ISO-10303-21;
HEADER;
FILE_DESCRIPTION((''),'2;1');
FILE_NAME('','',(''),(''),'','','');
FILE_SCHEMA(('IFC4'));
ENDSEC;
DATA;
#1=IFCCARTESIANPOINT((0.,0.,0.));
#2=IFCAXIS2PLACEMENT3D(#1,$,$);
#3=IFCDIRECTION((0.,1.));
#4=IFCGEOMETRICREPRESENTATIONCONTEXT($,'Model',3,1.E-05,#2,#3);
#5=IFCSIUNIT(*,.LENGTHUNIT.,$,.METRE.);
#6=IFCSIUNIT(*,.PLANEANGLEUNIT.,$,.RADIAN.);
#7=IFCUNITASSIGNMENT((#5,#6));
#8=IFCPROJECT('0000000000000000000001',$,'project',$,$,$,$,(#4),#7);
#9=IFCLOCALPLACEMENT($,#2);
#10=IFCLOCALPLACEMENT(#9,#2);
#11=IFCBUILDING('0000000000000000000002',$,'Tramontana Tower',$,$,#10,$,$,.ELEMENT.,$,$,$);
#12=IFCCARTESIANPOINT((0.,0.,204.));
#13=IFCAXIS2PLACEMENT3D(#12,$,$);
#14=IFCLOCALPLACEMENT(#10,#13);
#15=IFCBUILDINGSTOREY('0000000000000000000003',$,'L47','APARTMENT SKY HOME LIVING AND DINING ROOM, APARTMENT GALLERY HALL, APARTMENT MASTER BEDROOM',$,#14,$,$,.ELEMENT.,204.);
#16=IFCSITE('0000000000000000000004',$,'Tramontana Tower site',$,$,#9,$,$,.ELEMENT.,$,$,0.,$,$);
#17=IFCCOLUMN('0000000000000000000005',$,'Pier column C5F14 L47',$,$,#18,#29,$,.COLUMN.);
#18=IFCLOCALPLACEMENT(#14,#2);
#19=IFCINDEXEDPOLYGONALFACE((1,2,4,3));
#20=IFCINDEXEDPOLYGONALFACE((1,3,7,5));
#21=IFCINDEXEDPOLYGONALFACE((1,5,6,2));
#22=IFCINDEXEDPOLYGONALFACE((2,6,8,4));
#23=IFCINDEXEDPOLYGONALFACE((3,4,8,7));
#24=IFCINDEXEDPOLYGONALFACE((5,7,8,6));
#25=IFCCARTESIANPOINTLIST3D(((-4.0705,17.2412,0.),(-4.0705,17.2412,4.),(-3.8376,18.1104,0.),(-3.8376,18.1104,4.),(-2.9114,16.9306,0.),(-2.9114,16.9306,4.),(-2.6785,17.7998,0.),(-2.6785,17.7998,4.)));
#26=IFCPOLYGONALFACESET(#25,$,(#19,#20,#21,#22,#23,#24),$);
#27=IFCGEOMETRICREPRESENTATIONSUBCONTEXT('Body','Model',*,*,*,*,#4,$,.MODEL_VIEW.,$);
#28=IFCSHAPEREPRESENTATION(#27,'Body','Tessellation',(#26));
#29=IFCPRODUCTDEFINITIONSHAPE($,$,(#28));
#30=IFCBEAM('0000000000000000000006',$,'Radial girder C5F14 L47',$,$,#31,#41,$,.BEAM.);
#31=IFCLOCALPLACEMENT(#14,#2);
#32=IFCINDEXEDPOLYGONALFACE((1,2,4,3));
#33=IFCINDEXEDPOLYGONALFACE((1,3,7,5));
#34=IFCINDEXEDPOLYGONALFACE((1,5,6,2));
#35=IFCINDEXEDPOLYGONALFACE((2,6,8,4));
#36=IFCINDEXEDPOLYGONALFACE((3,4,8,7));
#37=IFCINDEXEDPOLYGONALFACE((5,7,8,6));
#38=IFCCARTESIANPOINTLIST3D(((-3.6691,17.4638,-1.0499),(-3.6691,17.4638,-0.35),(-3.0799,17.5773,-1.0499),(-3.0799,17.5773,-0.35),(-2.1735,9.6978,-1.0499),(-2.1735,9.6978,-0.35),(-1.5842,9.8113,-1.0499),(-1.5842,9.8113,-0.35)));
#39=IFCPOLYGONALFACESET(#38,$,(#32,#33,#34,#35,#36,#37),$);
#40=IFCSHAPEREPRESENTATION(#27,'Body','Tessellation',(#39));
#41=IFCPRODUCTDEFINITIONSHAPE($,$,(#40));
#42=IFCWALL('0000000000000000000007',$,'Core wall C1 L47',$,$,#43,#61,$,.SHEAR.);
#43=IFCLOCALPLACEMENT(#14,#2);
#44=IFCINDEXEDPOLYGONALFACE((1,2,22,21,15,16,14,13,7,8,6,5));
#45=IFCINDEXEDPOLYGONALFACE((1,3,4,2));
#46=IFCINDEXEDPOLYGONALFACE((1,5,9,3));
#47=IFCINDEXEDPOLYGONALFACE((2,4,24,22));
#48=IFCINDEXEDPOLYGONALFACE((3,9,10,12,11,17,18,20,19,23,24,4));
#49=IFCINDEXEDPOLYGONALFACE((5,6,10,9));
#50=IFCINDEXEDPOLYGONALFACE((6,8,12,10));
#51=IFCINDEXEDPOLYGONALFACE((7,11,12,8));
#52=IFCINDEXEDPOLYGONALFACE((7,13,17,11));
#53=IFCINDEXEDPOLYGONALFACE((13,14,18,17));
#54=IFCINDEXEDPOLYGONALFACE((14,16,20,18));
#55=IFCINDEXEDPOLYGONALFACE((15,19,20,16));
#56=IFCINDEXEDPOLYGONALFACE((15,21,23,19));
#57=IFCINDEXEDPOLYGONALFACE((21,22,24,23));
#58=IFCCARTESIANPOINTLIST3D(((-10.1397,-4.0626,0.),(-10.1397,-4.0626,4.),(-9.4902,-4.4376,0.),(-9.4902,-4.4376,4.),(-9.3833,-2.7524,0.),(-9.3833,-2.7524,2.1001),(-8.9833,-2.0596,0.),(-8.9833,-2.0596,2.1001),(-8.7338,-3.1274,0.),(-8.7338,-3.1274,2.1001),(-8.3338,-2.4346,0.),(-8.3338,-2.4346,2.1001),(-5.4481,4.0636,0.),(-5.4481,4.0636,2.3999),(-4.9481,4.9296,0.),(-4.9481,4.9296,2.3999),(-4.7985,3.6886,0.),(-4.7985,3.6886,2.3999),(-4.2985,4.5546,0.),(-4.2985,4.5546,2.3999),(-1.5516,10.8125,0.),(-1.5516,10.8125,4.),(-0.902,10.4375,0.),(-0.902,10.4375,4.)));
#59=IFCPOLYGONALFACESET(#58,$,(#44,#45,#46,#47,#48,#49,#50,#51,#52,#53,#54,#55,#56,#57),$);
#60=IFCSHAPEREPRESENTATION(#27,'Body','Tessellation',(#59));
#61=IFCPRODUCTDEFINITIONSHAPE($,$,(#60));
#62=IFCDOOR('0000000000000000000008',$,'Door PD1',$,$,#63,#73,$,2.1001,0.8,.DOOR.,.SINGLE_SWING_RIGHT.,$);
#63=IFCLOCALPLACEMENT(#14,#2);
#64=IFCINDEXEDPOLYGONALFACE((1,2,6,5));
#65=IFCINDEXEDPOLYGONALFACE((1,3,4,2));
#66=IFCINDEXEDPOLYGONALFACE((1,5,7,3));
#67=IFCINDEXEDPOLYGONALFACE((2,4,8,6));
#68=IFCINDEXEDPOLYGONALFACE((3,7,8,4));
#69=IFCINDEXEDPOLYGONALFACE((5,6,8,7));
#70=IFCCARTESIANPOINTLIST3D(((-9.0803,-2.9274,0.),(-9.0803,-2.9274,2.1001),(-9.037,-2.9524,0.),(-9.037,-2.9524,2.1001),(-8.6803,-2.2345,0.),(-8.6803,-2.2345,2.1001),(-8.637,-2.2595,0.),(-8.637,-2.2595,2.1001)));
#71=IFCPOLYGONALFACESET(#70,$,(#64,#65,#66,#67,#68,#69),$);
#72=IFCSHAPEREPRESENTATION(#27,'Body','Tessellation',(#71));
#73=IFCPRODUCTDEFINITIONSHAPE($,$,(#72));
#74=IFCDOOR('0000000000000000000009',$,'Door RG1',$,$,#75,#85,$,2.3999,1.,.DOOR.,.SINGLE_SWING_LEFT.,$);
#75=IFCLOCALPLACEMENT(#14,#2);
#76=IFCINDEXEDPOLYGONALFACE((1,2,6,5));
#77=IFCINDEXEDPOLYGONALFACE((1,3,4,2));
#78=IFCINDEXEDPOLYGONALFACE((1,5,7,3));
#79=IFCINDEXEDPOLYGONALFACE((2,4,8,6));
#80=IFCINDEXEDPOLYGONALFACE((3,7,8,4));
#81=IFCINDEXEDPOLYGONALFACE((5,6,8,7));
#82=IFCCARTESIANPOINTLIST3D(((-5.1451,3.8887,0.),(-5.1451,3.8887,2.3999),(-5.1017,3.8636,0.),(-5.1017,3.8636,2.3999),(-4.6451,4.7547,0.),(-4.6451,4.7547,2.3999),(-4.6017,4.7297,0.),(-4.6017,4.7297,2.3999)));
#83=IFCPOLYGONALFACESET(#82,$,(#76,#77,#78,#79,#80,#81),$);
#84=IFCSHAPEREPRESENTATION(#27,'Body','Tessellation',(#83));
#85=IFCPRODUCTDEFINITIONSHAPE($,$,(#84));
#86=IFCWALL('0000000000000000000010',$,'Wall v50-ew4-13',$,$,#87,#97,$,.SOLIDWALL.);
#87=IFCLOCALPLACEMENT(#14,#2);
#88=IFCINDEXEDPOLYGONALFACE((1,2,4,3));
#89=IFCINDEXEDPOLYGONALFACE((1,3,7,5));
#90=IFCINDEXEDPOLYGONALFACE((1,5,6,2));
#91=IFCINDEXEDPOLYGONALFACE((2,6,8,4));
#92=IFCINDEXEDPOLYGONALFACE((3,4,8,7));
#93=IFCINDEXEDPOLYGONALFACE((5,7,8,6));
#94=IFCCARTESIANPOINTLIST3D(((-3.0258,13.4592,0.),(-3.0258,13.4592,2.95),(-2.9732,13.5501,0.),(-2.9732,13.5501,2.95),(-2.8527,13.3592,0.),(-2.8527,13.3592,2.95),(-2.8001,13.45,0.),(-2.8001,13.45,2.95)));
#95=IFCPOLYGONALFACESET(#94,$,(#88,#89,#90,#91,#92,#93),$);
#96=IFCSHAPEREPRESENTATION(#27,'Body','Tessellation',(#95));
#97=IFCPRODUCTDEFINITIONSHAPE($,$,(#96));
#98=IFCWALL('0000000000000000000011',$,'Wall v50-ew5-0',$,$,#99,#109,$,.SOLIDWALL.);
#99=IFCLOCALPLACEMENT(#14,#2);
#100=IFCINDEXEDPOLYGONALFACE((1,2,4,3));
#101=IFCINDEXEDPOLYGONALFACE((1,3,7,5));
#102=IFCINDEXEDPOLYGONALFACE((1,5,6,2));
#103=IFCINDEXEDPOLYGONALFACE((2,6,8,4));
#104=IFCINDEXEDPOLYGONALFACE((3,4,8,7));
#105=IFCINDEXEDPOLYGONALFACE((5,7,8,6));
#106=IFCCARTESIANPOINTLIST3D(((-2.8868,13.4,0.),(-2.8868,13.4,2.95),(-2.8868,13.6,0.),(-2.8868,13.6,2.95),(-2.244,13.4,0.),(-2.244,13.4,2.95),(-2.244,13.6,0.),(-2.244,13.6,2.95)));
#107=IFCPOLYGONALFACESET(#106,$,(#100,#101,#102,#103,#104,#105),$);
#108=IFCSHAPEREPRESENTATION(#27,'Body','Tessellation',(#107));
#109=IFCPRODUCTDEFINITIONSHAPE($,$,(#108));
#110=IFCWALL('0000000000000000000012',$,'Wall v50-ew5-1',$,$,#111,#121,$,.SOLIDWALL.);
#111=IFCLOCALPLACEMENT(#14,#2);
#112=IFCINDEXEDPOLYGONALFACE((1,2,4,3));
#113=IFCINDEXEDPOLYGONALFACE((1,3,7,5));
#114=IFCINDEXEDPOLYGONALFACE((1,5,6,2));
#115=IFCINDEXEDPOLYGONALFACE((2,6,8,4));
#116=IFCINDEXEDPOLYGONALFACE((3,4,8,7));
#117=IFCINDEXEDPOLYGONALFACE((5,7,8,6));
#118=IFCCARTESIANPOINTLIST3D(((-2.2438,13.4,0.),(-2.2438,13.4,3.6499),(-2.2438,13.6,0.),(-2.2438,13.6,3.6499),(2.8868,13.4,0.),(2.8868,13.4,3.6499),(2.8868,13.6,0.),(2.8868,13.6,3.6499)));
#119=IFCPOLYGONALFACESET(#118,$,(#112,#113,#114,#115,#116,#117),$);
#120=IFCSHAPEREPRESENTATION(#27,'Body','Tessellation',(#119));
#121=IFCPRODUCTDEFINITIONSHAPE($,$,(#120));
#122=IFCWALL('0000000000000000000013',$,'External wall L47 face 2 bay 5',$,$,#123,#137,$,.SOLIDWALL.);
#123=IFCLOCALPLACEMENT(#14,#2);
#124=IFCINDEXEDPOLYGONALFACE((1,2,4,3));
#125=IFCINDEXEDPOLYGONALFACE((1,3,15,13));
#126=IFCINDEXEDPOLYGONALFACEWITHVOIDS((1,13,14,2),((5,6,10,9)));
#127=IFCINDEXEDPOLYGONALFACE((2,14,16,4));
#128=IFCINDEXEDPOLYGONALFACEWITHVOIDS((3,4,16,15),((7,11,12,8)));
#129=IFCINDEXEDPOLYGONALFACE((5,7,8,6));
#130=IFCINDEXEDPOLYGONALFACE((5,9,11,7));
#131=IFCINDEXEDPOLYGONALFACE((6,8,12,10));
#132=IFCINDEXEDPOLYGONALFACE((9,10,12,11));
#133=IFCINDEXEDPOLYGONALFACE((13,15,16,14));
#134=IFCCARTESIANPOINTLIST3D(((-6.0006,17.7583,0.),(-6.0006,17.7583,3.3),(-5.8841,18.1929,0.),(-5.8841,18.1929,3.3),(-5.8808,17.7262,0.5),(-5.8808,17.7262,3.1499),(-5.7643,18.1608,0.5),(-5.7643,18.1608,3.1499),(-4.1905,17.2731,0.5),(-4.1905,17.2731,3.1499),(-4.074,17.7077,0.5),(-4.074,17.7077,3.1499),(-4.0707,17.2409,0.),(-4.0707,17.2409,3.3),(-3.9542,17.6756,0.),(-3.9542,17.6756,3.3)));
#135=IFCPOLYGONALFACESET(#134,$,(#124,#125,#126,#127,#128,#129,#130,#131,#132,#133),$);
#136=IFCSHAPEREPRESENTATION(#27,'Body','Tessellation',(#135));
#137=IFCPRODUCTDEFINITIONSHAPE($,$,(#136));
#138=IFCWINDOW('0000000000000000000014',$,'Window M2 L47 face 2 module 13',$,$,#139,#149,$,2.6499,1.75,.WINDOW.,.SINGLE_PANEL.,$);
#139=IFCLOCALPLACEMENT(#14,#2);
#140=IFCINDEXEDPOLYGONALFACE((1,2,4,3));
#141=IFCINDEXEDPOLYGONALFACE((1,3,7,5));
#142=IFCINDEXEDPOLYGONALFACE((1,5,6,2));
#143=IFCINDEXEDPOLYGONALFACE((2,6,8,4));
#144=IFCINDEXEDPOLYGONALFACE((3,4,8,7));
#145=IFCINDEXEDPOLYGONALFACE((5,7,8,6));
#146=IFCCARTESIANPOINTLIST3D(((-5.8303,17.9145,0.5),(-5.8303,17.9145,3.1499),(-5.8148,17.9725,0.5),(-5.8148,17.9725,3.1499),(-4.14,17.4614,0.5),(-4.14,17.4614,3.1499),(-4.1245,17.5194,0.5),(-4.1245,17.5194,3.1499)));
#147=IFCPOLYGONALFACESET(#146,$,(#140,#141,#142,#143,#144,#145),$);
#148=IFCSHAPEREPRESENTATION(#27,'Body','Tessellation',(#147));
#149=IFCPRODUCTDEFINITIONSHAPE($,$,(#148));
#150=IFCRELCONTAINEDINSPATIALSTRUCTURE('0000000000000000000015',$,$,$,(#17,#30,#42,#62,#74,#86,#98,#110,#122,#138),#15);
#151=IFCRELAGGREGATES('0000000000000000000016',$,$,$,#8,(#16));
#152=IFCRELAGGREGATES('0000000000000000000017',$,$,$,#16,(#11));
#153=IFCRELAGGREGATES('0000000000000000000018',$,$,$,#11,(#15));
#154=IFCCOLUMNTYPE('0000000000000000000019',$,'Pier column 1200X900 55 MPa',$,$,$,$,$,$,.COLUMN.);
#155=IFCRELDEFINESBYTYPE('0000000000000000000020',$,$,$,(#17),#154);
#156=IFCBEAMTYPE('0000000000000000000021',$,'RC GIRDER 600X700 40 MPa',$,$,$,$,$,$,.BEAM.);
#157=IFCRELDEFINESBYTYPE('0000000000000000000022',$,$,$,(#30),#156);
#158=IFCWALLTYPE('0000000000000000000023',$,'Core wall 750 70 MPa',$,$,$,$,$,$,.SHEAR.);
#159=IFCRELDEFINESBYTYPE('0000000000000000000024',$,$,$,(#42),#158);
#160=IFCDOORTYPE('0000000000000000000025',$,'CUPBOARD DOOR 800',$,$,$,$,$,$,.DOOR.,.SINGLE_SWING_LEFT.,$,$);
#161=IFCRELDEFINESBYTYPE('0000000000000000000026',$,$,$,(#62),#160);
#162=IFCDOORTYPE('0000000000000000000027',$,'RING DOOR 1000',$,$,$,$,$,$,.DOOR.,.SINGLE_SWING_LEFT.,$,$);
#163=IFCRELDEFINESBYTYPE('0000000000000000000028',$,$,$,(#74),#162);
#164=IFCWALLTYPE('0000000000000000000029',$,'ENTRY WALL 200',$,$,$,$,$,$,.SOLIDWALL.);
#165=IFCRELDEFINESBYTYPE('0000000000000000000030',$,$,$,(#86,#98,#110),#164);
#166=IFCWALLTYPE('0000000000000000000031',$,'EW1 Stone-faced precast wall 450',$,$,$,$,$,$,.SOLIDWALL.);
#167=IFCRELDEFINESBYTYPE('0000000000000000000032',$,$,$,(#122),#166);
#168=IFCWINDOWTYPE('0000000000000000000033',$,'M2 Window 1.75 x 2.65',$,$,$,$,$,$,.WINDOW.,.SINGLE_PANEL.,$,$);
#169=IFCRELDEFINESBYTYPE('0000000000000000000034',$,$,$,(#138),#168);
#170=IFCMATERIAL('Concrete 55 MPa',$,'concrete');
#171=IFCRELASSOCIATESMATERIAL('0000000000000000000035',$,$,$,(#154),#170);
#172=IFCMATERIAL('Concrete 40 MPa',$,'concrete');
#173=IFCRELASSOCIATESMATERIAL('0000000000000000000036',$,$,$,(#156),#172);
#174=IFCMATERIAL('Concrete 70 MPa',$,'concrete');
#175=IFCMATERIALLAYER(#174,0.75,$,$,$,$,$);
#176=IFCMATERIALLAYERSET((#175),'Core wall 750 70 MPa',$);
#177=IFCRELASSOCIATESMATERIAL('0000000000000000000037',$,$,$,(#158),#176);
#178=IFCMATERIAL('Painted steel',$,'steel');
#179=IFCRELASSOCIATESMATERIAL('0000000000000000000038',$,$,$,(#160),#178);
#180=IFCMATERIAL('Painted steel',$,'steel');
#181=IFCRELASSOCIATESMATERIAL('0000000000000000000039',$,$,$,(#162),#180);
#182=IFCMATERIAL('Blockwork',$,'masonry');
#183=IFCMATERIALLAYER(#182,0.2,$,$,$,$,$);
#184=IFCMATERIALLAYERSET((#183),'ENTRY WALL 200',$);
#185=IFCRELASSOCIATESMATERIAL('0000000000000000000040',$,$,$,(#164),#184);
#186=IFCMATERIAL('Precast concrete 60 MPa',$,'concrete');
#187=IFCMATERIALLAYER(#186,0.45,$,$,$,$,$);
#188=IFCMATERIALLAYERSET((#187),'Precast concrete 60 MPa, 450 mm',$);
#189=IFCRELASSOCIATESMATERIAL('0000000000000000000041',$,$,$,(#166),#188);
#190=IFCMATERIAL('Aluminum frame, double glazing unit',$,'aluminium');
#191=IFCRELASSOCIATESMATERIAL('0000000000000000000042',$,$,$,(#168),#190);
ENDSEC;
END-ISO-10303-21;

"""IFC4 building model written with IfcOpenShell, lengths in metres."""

from ifc_helpers import new_model, si_unit, direction, frame, frame_2d, origin, origin_2d, place, context, subcontext, project, spatial, rectangle, extrude, material, layer, layer_set, material_profile, profile_set, type_object, element, fill, save


model = new_model("IFC4")

# Units and contexts
model_context = context("Model", 3, precision=1e-05, world=origin(), true_north=direction((0.0, 1.0)))
body_context = subcontext(model_context, "Body", "Model", "MODEL_VIEW")
ifc_project = project(units=[si_unit("LENGTHUNIT", "METRE"), si_unit("PLANEANGLEUNIT", "RADIAN")], contexts=[model_context])

# Site, building, storey
site_placement = place(None, origin())
site = spatial("IfcSite", under=ifc_project, at=site_placement, Name="Tramontana Tower site", CompositionType="ELEMENT", RefElevation=0.0)
building_placement = place(site_placement, origin())
building = spatial("IfcBuilding", under=site, at=building_placement, Name="Tramontana Tower", CompositionType="ELEMENT")
storey_placement = place(building_placement, frame((0.0, 0.0, 204.0)))
storey = spatial("IfcBuildingStorey", under=building, at=storey_placement, Name="L47", Description="APARTMENT SKY HOME LIVING AND DINING ROOM, APARTMENT GALLERY HALL, APARTMENT MASTER BEDROOM", CompositionType="ELEMENT", Elevation=204.0)

# Column
ifc_material_1 = material(Name="Concrete 55 MPa", Category="concrete")
ifc_material_profile_1 = material_profile(ifc_material_1, rectangle(XDim=1.2, YDim=0.8999, at=origin_2d()), Name="Pier column 1200X900 55 MPa")
ifc_profile_set_1 = profile_set([ifc_material_profile_1], Name="Concrete 55 MPa")
column_type = type_object("IfcColumnType", Name="Pier column 1200X900 55 MPa", PredefinedType="COLUMN", material=ifc_profile_set_1)
column_placement = place(storey_placement, frame((-3.3745, 17.5205, 0.0), z_axis=(0.0, 0.0, 1.0), x_axis=(-0.965926, 0.258819, 0.0)))
element("IfcColumn", 1, at=column_placement, inside=storey, type_object=column_type, Name="Pier column C5F14 L47", PredefinedType="COLUMN", context=body_context, shape_type="SweptSolid", body=[
    extrude(rectangle(XDim=1.2, YDim=0.8999, at=origin_2d()), origin(), (0.0, 0.0, 1.0), 4.0),
])

# Beam
ifc_material_2 = material(Name="Concrete 40 MPa", Category="concrete")
ifc_material_profile_2 = material_profile(ifc_material_2, rectangle(XDim=0.6001, YDim=0.7, at=origin_2d()), Name="RC GIRDER 600X700 40 MPa")
ifc_profile_set_2 = profile_set([ifc_material_profile_2], Name="Concrete 40 MPa")
beam_type = type_object("IfcBeamType", Name="RC GIRDER 600X700 40 MPa", PredefinedType="BEAM", material=ifc_profile_set_2)
beam_placement = place(storey_placement, frame((-3.3745, 17.5205, -0.7), z_axis=(0.189112, -0.981956, 0.0), x_axis=(0.981956, 0.189112, 0.0)))
element("IfcBeam", 2, at=beam_placement, inside=storey, type_object=beam_type, Name="Radial girder C5F14 L47", PredefinedType="BEAM", context=body_context, shape_type="SweptSolid", body=[
    extrude(rectangle(XDim=0.6001, YDim=0.7, at=origin_2d()), origin(), (0.0, 0.0, 1.0), 7.9087),
])

# Wall, openings, doors
ifc_material_3 = material(Name="Concrete 70 MPa", Category="concrete")
ifc_layer_1 = layer(ifc_material_3, 0.75)
ifc_layer_set_1 = layer_set([ifc_layer_1], Name="Core wall 750 70 MPa")
wall_type_1 = type_object("IfcWallType", Name="Core wall 750 70 MPa", PredefinedType="SHEAR", material=ifc_layer_set_1)
wall_1_placement = place(storey_placement, frame((-1.2268, 10.625, 0.0), z_axis=(0.0, 0.0, 1.0), x_axis=(-0.500002, -0.866024, 0.0)))
wall_1 = element("IfcWall", 3, at=wall_1_placement, inside=storey, type_object=wall_type_1, Name="Core wall C1 L47", PredefinedType="SHEAR", context=body_context, shape_type="SweptSolid", body=[
    extrude(rectangle(XDim=17.1763, YDim=0.75, at=frame_2d((8.5881, 0.0))), origin(), (0.0, 0.0, 1.0), 4.0),
])
opening_1_placement = place(wall_1_placement, frame((6.793, 0.0, 0.0)))
opening_1 = element("IfcOpeningElement", 4, at=opening_1_placement, cuts=wall_1, PredefinedType="OPENING", context=body_context, shape_type="SweptSolid", body=[
    extrude(rectangle(XDim=1.0, YDim=2.3999, at=frame_2d((0.5, 1.2))), frame((0.0, 0.385, 0.0), z_axis=(0.0, -1.0, 0.0), x_axis=(1.0, 0.0, 0.0)), (0.0, 0.0, 1.0), 0.77),
])
opening_2_placement = place(wall_1_placement, frame((14.8635, 0.0, 0.0)))
opening_2 = element("IfcOpeningElement", 5, at=opening_2_placement, cuts=wall_1, PredefinedType="OPENING", context=body_context, shape_type="SweptSolid", body=[
    extrude(rectangle(XDim=0.8, YDim=2.1001, at=frame_2d((0.3999, 1.05))), frame((0.0, 0.385, 0.0), z_axis=(0.0, -1.0, 0.0), x_axis=(1.0, 0.0, 0.0)), (0.0, 0.0, 1.0), 0.77),
])
ifc_material_4 = material(Name="Painted steel", Category="steel")
door_type_1 = type_object("IfcDoorType", Name="CUPBOARD DOOR 800", OperationType="SINGLE_SWING_LEFT", PredefinedType="DOOR", material=ifc_material_4)
door_1_placement = place(opening_2_placement, origin())
door_1 = element("IfcDoor", 6, at=door_1_placement, inside=storey, type_object=door_type_1, Name="Door PD1", OperationType="SINGLE_SWING_RIGHT", OverallHeight=2.1001, OverallWidth=0.8, PredefinedType="DOOR", context=body_context, shape_type="SweptSolid", body=[
    extrude(rectangle(XDim=0.8, YDim=2.1001, at=frame_2d((0.3999, 1.05))), frame((0.0, 0.0249, 0.0), z_axis=(0.0, -1.0, 0.0), x_axis=(1.0, 0.0, 0.0)), (0.0, 0.0, 1.0), 0.05),
])
fill(opening_2, door_1)
ifc_material_5 = material(Name="Painted steel", Category="steel")
door_type_2 = type_object("IfcDoorType", Name="RING DOOR 1000", OperationType="SINGLE_SWING_LEFT", PredefinedType="DOOR", material=ifc_material_5)
door_2_placement = place(opening_1_placement, origin())
door_2 = element("IfcDoor", 7, at=door_2_placement, inside=storey, type_object=door_type_2, Name="Door RG1", OperationType="SINGLE_SWING_LEFT", OverallHeight=2.3999, OverallWidth=1.0, PredefinedType="DOOR", context=body_context, shape_type="SweptSolid", body=[
    extrude(rectangle(XDim=1.0, YDim=2.3999, at=frame_2d((0.5, 1.2))), frame((0.0, 0.0249, 0.0), z_axis=(0.0, -1.0, 0.0), x_axis=(1.0, 0.0, 0.0)), (0.0, 0.0, 1.0), 0.05),
])
fill(opening_1, door_2)

# Walls
ifc_material_6 = material(Name="Blockwork", Category="masonry")
ifc_layer_2 = layer(ifc_material_6, 0.2)
ifc_layer_set_2 = layer_set([ifc_layer_2], Name="ENTRY WALL 200")
wall_type_2 = type_object("IfcWallType", Name="ENTRY WALL 200", PredefinedType="SOLIDWALL", material=ifc_layer_set_2)
wall_2_placement = place(storey_placement, frame((-2.9392, 13.4092, 0.0), z_axis=(0.0, 0.0, 1.0), x_axis=(0.500394, 0.865798, 0.0)))
element("IfcWall", 8, at=wall_2_placement, inside=storey, type_object=wall_type_2, Name="Wall v50-ew4-13", PredefinedType="SOLIDWALL", context=body_context, shape_type="SweptSolid", body=[
    extrude(rectangle(XDim=0.105, YDim=0.2, at=frame_2d((0.0525, 0.0))), origin(), (0.0, 0.0, 1.0), 2.95),
])
wall_3_placement = place(storey_placement, frame((-2.8867, 13.5, 0.0), z_axis=(0.0, 0.0, 1.0), x_axis=(1.0, 0.0, 0.0)))
element("IfcWall", 9, at=wall_3_placement, inside=storey, type_object=wall_type_2, Name="Wall v50-ew5-0", PredefinedType="SOLIDWALL", context=body_context, shape_type="SweptSolid", body=[
    extrude(rectangle(XDim=0.6428, YDim=0.2, at=frame_2d((0.3213, 0.0))), origin(), (0.0, 0.0, 1.0), 2.95),
])
wall_4_placement = place(storey_placement, frame((-2.2439, 13.5, 0.0), z_axis=(0.0, 0.0, 1.0), x_axis=(1.0, 0.0, 0.0)))
element("IfcWall", 10, at=wall_4_placement, inside=storey, type_object=wall_type_2, Name="Wall v50-ew5-1", PredefinedType="SOLIDWALL", context=body_context, shape_type="SweptSolid", body=[
    extrude(rectangle(XDim=5.1306, YDim=0.2, at=frame_2d((2.5654, 0.0))), origin(), (0.0, 0.0, 1.0), 3.6499),
])

# Wall, opening, window
ifc_material_7 = material(Name="Precast concrete 60 MPa", Category="concrete")
ifc_layer_3 = layer(ifc_material_7, 0.45)
ifc_layer_set_3 = layer_set([ifc_layer_3], Name="Precast concrete 60 MPa, 450 mm")
wall_type_3 = type_object("IfcWallType", Name="EW1 Stone-faced precast wall 450", PredefinedType="SOLIDWALL", material=ifc_layer_set_3)
wall_5_placement = place(storey_placement, frame((-4.0125, 17.4583, 0.0), z_axis=(0.0, 0.0, 1.0), x_axis=(-0.9659, 0.258917, 0.0)))
wall_5 = element("IfcWall", 11, at=wall_5_placement, inside=storey, type_object=wall_type_3, Name="External wall L47 face 2 bay 5", PredefinedType="SOLIDWALL", context=body_context, shape_type="SweptSolid", body=[
    extrude(rectangle(XDim=1.998, YDim=0.45, at=frame_2d((0.999, 0.0))), origin(), (0.0, 0.0, 1.0), 3.3),
])
opening_3_placement = place(wall_5_placement, frame((0.124, 0.0, 0.5)))
opening_3 = element("IfcOpeningElement", 12, at=opening_3_placement, cuts=wall_5, PredefinedType="OPENING", context=body_context, shape_type="SweptSolid", body=[
    extrude(rectangle(XDim=1.75, YDim=2.6499, at=frame_2d((0.875, 1.325))), frame((0.0, 0.2349, 0.0), z_axis=(0.0, -1.0, 0.0), x_axis=(1.0, 0.0, 0.0)), (0.0, 0.0, 1.0), 0.47),
])
ifc_material_8 = material(Name="Aluminum frame, double glazing unit", Category="aluminium")
window_type_1 = type_object("IfcWindowType", Name="M2 Window 1.75 x 2.65", PartitioningType="SINGLE_PANEL", PredefinedType="WINDOW", material=ifc_material_8)
window_1_placement = place(opening_3_placement, origin())
window_1 = element("IfcWindow", 13, at=window_1_placement, inside=storey, type_object=window_type_1, Name="Window M2 L47 face 2 module 13", OverallHeight=2.6499, OverallWidth=1.75, PartitioningType="SINGLE_PANEL", PredefinedType="WINDOW", context=body_context, shape_type="SweptSolid", body=[
    extrude(rectangle(XDim=1.75, YDim=2.6499, at=frame_2d((0.875, 1.325))), frame((0.0, 0.03, 0.0), z_axis=(0.0, -1.0, 0.0), x_axis=(1.0, 0.0, 0.0)), (0.0, 0.0, 1.0), 0.0601),
])
fill(opening_3, window_1)

save(model, "model.ifc")
